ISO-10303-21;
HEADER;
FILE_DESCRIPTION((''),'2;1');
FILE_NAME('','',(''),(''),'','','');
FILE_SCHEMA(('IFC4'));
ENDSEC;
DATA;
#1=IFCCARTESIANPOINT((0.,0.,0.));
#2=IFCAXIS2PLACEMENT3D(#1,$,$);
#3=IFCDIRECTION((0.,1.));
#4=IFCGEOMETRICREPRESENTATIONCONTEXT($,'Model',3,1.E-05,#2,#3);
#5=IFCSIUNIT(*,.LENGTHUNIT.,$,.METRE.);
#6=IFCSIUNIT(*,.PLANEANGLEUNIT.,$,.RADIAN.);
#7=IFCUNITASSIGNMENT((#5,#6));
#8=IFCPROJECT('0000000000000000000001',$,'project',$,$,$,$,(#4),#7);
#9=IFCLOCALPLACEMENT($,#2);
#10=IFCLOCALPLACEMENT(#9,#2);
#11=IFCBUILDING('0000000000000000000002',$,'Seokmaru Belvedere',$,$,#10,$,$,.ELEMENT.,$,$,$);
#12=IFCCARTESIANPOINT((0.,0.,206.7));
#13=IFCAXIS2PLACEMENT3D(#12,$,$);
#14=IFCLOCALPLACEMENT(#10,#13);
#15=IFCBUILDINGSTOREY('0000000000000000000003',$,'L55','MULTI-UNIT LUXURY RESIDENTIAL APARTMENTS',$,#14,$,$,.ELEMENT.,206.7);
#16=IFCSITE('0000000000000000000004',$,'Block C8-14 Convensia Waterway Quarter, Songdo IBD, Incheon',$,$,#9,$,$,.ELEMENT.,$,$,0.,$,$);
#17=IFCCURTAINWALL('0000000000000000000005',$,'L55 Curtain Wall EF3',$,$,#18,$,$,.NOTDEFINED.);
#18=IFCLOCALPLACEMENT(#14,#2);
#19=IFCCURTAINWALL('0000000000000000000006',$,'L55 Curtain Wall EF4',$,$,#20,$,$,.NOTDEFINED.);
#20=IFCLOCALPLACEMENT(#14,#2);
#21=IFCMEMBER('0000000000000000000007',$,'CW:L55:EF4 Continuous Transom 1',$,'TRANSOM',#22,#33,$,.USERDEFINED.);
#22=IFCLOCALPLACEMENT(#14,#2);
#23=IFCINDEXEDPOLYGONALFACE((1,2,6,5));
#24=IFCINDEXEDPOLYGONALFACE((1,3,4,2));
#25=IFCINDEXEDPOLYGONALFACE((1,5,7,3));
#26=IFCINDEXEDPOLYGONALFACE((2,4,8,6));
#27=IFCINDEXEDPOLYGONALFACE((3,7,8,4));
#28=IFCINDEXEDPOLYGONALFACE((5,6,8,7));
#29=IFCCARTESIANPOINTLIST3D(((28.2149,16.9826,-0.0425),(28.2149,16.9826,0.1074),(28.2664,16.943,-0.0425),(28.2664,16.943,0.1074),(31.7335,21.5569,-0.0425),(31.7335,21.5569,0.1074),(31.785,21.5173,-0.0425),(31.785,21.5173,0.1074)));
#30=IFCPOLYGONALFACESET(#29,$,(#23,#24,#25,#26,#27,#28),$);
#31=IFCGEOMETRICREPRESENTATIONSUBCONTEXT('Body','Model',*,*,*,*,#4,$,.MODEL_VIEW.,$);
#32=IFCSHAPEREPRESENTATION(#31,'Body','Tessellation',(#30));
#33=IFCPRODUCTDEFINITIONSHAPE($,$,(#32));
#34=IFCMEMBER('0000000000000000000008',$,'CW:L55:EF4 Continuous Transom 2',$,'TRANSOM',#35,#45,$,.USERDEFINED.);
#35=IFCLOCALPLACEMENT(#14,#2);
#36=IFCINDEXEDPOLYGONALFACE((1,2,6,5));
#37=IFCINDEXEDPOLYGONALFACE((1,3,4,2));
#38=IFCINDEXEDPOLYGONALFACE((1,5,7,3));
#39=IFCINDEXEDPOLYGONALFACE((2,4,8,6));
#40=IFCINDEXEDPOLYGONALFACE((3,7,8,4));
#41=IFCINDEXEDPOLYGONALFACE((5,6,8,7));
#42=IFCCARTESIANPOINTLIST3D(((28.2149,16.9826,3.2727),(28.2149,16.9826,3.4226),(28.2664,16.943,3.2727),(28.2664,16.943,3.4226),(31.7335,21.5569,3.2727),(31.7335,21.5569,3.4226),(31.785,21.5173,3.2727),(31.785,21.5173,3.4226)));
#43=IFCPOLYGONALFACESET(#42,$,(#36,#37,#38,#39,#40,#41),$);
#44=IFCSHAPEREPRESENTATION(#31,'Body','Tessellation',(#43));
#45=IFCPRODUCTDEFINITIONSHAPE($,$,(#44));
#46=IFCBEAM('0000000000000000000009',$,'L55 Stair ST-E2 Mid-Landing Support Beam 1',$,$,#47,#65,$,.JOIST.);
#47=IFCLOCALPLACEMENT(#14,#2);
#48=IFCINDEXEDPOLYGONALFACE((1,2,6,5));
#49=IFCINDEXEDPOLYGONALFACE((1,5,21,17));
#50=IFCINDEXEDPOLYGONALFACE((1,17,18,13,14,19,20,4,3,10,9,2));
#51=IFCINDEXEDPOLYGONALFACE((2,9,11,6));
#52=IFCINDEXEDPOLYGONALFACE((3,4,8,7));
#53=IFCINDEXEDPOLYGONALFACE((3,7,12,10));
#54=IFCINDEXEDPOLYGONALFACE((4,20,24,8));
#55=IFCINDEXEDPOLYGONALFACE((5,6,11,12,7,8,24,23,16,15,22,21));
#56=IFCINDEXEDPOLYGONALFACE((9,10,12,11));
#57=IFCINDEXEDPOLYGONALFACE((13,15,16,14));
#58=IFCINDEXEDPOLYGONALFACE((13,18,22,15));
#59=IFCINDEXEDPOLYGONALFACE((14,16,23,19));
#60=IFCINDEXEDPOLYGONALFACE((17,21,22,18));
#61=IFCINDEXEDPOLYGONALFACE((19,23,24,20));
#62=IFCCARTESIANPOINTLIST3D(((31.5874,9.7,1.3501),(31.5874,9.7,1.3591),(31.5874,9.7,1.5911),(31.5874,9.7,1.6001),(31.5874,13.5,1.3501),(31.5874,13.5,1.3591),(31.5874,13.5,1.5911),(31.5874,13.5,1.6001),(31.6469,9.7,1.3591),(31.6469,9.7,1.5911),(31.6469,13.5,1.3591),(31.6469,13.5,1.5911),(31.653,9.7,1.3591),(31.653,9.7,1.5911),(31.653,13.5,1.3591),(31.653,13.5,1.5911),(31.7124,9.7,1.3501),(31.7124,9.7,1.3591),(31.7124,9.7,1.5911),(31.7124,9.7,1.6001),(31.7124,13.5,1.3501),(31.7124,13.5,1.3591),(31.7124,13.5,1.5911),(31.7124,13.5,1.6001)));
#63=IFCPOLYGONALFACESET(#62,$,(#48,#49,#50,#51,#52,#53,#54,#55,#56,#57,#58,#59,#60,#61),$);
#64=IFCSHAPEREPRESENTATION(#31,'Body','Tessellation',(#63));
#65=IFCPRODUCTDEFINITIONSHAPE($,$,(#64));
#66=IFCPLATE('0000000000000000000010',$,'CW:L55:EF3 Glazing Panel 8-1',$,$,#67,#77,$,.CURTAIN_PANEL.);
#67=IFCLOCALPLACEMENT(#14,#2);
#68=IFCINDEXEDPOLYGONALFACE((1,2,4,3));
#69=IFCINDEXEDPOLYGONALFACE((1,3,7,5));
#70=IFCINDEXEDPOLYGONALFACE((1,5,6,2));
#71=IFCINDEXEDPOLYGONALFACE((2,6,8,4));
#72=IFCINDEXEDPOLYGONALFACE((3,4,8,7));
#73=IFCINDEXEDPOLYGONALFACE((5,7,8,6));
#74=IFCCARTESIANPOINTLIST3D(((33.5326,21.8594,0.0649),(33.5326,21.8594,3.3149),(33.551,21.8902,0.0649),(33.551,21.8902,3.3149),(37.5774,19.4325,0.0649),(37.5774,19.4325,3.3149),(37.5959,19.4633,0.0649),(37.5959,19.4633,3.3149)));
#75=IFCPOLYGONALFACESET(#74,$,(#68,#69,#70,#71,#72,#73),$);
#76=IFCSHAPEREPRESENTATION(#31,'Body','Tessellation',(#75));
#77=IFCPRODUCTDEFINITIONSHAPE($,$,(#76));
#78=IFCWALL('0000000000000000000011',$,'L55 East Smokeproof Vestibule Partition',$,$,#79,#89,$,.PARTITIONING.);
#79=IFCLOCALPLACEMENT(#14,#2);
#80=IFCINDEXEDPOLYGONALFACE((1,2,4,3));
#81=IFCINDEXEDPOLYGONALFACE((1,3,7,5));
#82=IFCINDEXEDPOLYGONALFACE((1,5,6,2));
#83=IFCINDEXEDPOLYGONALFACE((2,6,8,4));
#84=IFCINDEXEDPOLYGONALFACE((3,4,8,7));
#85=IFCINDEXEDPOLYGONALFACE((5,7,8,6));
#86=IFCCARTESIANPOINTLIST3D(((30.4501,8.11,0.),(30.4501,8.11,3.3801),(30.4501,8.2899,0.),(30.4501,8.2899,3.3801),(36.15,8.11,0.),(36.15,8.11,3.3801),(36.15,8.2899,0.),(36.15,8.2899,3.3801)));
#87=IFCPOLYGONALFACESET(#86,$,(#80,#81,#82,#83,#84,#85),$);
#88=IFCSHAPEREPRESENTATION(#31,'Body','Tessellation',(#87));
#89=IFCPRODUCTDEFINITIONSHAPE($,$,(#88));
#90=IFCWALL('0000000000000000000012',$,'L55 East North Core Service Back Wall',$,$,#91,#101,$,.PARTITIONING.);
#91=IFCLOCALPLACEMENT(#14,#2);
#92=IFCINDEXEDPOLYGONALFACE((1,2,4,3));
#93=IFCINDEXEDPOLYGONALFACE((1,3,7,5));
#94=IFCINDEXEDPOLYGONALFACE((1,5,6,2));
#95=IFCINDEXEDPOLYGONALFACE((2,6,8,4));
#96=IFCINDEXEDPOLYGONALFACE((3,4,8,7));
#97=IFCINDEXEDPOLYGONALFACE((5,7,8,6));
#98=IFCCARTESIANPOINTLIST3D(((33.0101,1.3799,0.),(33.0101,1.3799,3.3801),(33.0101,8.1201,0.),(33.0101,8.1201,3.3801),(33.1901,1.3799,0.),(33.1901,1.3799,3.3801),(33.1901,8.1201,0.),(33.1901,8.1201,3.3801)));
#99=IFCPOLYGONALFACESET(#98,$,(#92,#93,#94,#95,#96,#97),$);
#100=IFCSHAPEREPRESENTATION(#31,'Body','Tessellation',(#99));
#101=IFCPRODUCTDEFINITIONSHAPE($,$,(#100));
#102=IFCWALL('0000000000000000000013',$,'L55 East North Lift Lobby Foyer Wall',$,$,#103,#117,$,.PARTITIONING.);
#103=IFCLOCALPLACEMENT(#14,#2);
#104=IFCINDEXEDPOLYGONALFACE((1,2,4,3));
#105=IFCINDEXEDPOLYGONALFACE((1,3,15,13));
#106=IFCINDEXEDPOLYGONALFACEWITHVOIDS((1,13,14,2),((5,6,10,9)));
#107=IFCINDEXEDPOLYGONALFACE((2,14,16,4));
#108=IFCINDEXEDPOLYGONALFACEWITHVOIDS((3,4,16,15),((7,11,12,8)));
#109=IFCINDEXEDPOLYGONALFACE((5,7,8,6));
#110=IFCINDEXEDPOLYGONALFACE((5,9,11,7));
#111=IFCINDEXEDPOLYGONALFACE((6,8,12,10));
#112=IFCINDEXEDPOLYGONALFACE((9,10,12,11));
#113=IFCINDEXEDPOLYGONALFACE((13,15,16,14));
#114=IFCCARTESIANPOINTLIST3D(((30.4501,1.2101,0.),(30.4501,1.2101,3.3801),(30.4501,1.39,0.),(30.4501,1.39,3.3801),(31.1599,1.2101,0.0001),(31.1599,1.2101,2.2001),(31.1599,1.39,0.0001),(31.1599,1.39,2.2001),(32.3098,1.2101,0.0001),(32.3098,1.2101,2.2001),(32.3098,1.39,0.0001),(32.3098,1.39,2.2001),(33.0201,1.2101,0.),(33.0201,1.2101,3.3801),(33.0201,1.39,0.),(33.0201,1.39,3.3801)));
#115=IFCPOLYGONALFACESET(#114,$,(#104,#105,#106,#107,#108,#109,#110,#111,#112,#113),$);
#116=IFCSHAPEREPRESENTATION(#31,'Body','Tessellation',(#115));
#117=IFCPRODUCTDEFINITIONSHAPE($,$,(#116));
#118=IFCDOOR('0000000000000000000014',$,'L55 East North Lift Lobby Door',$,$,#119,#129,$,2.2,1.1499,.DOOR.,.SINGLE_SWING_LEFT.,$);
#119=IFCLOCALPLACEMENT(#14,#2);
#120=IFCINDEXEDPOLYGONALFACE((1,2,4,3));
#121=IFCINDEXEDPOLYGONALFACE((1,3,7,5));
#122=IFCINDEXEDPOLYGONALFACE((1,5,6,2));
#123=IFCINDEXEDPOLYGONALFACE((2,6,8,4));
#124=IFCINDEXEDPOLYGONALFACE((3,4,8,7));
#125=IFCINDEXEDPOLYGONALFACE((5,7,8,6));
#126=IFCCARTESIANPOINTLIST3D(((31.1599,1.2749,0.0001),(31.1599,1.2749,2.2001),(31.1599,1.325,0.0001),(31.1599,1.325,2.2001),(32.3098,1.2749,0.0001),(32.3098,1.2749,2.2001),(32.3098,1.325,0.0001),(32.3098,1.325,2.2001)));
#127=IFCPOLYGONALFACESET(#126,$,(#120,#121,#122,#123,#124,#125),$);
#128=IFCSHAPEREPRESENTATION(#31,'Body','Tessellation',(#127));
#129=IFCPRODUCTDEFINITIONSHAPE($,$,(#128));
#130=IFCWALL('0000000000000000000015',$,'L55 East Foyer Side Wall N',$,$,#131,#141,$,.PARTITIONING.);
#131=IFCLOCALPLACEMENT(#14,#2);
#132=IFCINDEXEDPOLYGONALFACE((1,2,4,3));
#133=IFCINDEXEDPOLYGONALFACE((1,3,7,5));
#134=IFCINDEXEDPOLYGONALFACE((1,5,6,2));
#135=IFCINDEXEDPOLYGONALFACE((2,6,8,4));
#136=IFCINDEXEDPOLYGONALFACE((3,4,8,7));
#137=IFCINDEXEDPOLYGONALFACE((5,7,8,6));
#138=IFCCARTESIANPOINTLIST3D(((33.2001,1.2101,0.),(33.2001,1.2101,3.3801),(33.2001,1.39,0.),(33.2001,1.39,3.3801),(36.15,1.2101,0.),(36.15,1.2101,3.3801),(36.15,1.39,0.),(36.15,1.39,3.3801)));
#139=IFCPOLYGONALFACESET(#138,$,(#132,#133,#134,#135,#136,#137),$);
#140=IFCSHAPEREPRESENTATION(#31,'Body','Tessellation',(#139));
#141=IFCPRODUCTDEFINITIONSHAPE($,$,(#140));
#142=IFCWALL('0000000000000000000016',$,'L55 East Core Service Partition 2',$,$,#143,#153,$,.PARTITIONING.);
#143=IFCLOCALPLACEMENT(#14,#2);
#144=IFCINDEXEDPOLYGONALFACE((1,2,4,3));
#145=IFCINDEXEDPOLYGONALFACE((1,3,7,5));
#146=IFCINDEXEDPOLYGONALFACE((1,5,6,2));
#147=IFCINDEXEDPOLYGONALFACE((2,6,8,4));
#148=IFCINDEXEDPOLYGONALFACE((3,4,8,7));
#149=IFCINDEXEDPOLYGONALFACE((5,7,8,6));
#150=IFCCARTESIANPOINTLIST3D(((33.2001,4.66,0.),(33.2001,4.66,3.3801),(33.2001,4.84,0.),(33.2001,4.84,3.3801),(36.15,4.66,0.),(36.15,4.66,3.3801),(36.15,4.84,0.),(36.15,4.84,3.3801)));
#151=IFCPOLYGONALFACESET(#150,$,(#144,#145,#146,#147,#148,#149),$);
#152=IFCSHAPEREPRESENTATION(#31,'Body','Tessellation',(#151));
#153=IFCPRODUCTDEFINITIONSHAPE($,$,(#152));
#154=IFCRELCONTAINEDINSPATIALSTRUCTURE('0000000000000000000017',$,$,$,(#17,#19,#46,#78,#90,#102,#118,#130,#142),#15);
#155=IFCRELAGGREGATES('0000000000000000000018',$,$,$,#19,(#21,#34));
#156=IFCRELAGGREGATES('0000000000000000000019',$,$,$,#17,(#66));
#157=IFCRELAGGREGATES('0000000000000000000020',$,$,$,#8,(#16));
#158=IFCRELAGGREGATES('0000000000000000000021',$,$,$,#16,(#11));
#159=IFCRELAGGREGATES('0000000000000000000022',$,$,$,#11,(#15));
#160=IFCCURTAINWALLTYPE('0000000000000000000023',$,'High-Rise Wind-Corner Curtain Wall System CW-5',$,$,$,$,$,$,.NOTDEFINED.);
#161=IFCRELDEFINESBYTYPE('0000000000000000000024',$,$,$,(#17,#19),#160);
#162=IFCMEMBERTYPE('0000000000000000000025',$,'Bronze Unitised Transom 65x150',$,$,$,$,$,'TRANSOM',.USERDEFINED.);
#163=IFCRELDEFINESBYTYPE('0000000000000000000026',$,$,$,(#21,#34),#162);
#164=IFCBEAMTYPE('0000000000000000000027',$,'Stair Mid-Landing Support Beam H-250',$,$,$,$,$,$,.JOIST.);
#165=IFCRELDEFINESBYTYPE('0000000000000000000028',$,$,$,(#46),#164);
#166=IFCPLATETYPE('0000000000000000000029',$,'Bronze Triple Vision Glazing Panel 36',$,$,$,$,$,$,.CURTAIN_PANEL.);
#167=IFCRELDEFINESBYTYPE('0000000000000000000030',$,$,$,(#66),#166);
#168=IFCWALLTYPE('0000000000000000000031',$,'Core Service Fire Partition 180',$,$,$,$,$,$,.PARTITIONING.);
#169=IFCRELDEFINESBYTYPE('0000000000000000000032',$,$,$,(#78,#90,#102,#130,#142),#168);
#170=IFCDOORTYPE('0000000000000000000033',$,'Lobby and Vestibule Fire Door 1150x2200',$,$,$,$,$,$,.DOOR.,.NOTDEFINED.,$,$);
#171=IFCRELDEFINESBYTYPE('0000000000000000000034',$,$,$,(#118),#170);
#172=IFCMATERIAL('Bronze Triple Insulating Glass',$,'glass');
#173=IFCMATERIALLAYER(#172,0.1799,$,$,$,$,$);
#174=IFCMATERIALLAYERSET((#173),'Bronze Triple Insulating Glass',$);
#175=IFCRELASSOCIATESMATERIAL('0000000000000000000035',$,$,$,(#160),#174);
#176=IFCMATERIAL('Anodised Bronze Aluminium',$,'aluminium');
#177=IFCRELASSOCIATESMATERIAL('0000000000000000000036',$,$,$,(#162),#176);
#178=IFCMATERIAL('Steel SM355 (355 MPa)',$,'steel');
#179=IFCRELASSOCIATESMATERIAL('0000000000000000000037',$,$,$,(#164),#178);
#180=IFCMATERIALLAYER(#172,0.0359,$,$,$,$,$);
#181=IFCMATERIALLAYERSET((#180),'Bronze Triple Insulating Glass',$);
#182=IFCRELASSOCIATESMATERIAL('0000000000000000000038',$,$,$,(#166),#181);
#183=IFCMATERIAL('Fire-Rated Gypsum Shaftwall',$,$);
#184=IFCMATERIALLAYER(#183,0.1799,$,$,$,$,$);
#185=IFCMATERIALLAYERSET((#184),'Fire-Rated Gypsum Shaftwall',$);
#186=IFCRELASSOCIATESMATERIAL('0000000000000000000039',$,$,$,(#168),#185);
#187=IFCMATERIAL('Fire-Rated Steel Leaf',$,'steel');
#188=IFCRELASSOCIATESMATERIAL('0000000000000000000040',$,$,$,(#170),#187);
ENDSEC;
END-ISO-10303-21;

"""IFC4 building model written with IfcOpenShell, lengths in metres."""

from ifc_helpers import new_model, si_unit, direction, frame, frame_2d, origin, origin_2d, place, context, subcontext, project, spatial, rectangle, i_section, extrude, source, transform, mapped, material, layer, layer_set, material_profile, profile_set, type_object, type_shapes, element, fill, aggregate, save


model = new_model("IFC4")

# Units and contexts
model_context = context("Model", 3, precision=1e-05, world=origin(), true_north=direction((0.0, 1.0)))
body_context = subcontext(model_context, "Body", "Model", "MODEL_VIEW")
ifc_project = project(units=[si_unit("LENGTHUNIT", "METRE"), si_unit("PLANEANGLEUNIT", "RADIAN")], contexts=[model_context])

# Site, building, storey
site_placement = place(None, origin())
site = spatial("IfcSite", under=ifc_project, at=site_placement, Name="Block C8-14 Convensia Waterway Quarter, Songdo IBD, Incheon", CompositionType="ELEMENT", RefElevation=0.0)
building_placement = place(site_placement, origin())
building = spatial("IfcBuilding", under=site, at=building_placement, Name="Seokmaru Belvedere", CompositionType="ELEMENT")
storey_placement = place(building_placement, frame((0.0, 0.0, 206.7)))
storey = spatial("IfcBuildingStorey", under=building, at=storey_placement, Name="L55", Description="MULTI-UNIT LUXURY RESIDENTIAL APARTMENTS", CompositionType="ELEMENT", Elevation=206.7)

# Shared definitions
ifc_material_1 = material(Name="Steel SM355 (355 MPa)", Category="steel")

# Curtain wall
ifc_material_2 = material(Name="Bronze Triple Insulating Glass", Category="glass")
ifc_layer_1 = layer(ifc_material_2, 0.1799)
ifc_layer_set_1 = layer_set([ifc_layer_1], Name="Bronze Triple Insulating Glass")
curtain_wall_type = type_object("IfcCurtainWallType", Name="High-Rise Wind-Corner Curtain Wall System CW-5", PredefinedType="NOTDEFINED", material=ifc_layer_set_1)
curtain_wall_1_placement = place(storey_placement, origin())
curtain_wall_1 = element("IfcCurtainWall", 1, at=curtain_wall_1_placement, inside=storey, type_object=curtain_wall_type, Name="L55 Curtain Wall EF3", PredefinedType="NOTDEFINED")
ifc_material_3 = material(Name="Anodised Bronze Aluminium", Category="aluminium")

# Curtain wall, members
curtain_wall_2_placement = place(storey_placement, origin())
curtain_wall_2 = element("IfcCurtainWall", 2, at=curtain_wall_2_placement, inside=storey, type_object=curtain_wall_type, Name="L55 Curtain Wall EF4", PredefinedType="NOTDEFINED")
ifc_material_profile_1 = material_profile(ifc_material_3, rectangle(XDim=0.0649, YDim=0.1499, at=origin_2d()), Name="CW-T-65x150")
ifc_profile_set_1 = profile_set([ifc_material_profile_1], Name="Anodised Bronze Aluminium")
member_type_1 = type_object("IfcMemberType", Name="Bronze Unitised Transom 65x150", ElementType="TRANSOM", PredefinedType="USERDEFINED", material=ifc_profile_set_1)
shared_shape_1 = source(origin(), body_context, "Body", "SweptSolid", [
    extrude(rectangle(XDim=0.0649, YDim=0.1499, at=origin_2d()), origin(), (0.0, 0.0, 1.0), 5.771),
])
type_shapes(member_type_1, [shared_shape_1])
member_1_placement = place(storey_placement, frame((31.7593, 21.5371, 0.0325), z_axis=(-0.609703, -0.79263, 0.0), x_axis=(0.79263, -0.609703, 0.0)))
member_1 = element("IfcMember", 3, at=member_1_placement, type_object=member_type_1, Name="CW:L55:EF4 Continuous Transom 1", ObjectType="TRANSOM", PredefinedType="USERDEFINED", context=body_context, shape_type="MappedRepresentation", body=[
    mapped(shared_shape_1, transform((0.0, 0.0, 0.0), scale=1.0)),
])
member_2_placement = place(storey_placement, frame((31.7593, 21.5371, 3.3477), z_axis=(-0.609703, -0.79263, 0.0), x_axis=(0.79263, -0.609703, 0.0)))
member_2 = element("IfcMember", 4, at=member_2_placement, type_object=member_type_1, Name="CW:L55:EF4 Continuous Transom 2", ObjectType="TRANSOM", PredefinedType="USERDEFINED", context=body_context, shape_type="MappedRepresentation", body=[
    mapped(shared_shape_1, transform((0.0, 0.0, 0.0), scale=1.0)),
])
aggregate(curtain_wall_2, [member_1, member_2])

# Beam
ifc_material_profile_2 = material_profile(ifc_material_1, i_section(OverallWidth=0.125, OverallDepth=0.25, WebThickness=0.0061, FlangeThickness=0.009, at=origin_2d()), Name="H-250x125x6x9")
ifc_profile_set_2 = profile_set([ifc_material_profile_2], Name="Steel SM355 (355 MPa)")
beam_type_1 = type_object("IfcBeamType", Name="Stair Mid-Landing Support Beam H-250", PredefinedType="JOIST", material=ifc_profile_set_2)
shared_shape_2 = source(origin(), body_context, "Body", "SweptSolid", [
    extrude(i_section(OverallWidth=0.125, OverallDepth=0.25, WebThickness=0.0061, FlangeThickness=0.009, at=origin_2d()), origin(), (0.0, 0.0, 1.0), 3.8),
])
type_shapes(beam_type_1, [shared_shape_2])
beam_1_placement = place(storey_placement, frame((31.6499, 9.7, 1.4751), z_axis=(0.0, 1.0, 0.0), x_axis=(-1.0, 0.0, 0.0)))
element("IfcBeam", 5, at=beam_1_placement, inside=storey, type_object=beam_type_1, Name="L55 Stair ST-E2 Mid-Landing Support Beam 1", PredefinedType="JOIST", context=body_context, shape_type="MappedRepresentation", body=[
    mapped(shared_shape_2, transform((0.0, 0.0, 0.0), scale=1.0)),
])

# Plate
ifc_layer_2 = layer(ifc_material_2, 0.0359)
ifc_layer_set_2 = layer_set([ifc_layer_2], Name="Bronze Triple Insulating Glass")
plate_type = type_object("IfcPlateType", Name="Bronze Triple Vision Glazing Panel 36", PredefinedType="CURTAIN_PANEL", material=ifc_layer_set_2)
shared_shape_3 = source(origin(), body_context, "Body", "SweptSolid", [
    extrude(rectangle(XDim=4.717, YDim=0.0359, at=origin_2d()), origin(), (0.0, 0.0, 1.0), 3.25),
])
type_shapes(plate_type, [shared_shape_3])
plate_placement = place(storey_placement, frame((35.5642, 20.6614, 0.0649), z_axis=(0.0, 0.0, 1.0), x_axis=(-0.857493, 0.514495, 0.0)))
plate = element("IfcPlate", 6, at=plate_placement, type_object=plate_type, Name="CW:L55:EF3 Glazing Panel 8-1", PredefinedType="CURTAIN_PANEL", context=body_context, shape_type="MappedRepresentation", body=[
    mapped(shared_shape_3, transform((0.0, 0.0, 0.0), scale=1.0)),
])
aggregate(curtain_wall_1, [plate])

# Walls
ifc_material_4 = material(Name="Fire-Rated Gypsum Shaftwall")
ifc_layer_3 = layer(ifc_material_4, 0.1799)
ifc_layer_set_3 = layer_set([ifc_layer_3], Name="Fire-Rated Gypsum Shaftwall")
wall_type_1 = type_object("IfcWallType", Name="Core Service Fire Partition 180", PredefinedType="PARTITIONING", material=ifc_layer_set_3)
wall_1_placement = place(storey_placement, frame((30.45, 8.2, 0.0), z_axis=(0.0, 0.0, 1.0), x_axis=(1.0, 0.0, 0.0)))
element("IfcWall", 7, at=wall_1_placement, inside=storey, type_object=wall_type_1, Name="L55 East Smokeproof Vestibule Partition", PredefinedType="PARTITIONING", context=body_context, shape_type="SweptSolid", body=[
    extrude(rectangle(XDim=5.7, YDim=0.1799, at=frame_2d((2.8501, 0.0))), origin(), (0.0, 0.0, 1.0), 3.3801),
])
wall_2_placement = place(storey_placement, frame((33.1001, 1.3799, 0.0), z_axis=(0.0, 0.0, 1.0), x_axis=(0.0, 1.0, 0.0)))
element("IfcWall", 8, at=wall_2_placement, inside=storey, type_object=wall_type_1, Name="L55 East North Core Service Back Wall", PredefinedType="PARTITIONING", context=body_context, shape_type="SweptSolid", body=[
    extrude(rectangle(XDim=6.7402, YDim=0.1799, at=frame_2d((3.3701, 0.0))), origin(), (0.0, 0.0, 1.0), 3.3801),
])

# Wall, opening, door
wall_3_placement = place(storey_placement, frame((30.45, 1.3, 0.0), z_axis=(0.0, 0.0, 1.0), x_axis=(1.0, 0.0, 0.0)))
wall_3 = element("IfcWall", 9, at=wall_3_placement, inside=storey, type_object=wall_type_1, Name="L55 East North Lift Lobby Foyer Wall", PredefinedType="PARTITIONING", context=body_context, shape_type="SweptSolid", body=[
    extrude(rectangle(XDim=2.5701, YDim=0.1799, at=frame_2d((1.2852, 0.0))), origin(), (0.0, 0.0, 1.0), 3.3801),
])
opening_1_placement = place(wall_3_placement, frame((0.71, 0.0, 0.0)))
opening_1 = element("IfcOpeningElement", 10, at=opening_1_placement, cuts=wall_3, PredefinedType="OPENING", context=body_context, shape_type="SweptSolid", body=[
    extrude(rectangle(XDim=1.1499, YDim=2.2, at=frame_2d((0.575, 1.1001))), frame((0.0, 0.1001, 0.0), z_axis=(0.0, -1.0, 0.0), x_axis=(1.0, 0.0, 0.0)), (0.0, 0.0, 1.0), 0.2),
])
ifc_material_5 = material(Name="Fire-Rated Steel Leaf", Category="steel")
door_type_1 = type_object("IfcDoorType", Name="Lobby and Vestibule Fire Door 1150x2200", OperationType="NOTDEFINED", PredefinedType="DOOR", material=ifc_material_5)
shared_shape_4 = source(origin(), body_context, "Body", "SweptSolid", [
    extrude(rectangle(XDim=1.1499, YDim=2.2, at=frame_2d((0.575, 1.1001))), frame((0.0, 0.0249, 0.0), z_axis=(0.0, -1.0, 0.0), x_axis=(1.0, 0.0, 0.0)), (0.0, 0.0, 1.0), 0.05),
])
type_shapes(door_type_1, [shared_shape_4])
door_1_placement = place(opening_1_placement, origin())
door_1 = element("IfcDoor", 11, at=door_1_placement, inside=storey, type_object=door_type_1, Name="L55 East North Lift Lobby Door", OperationType="SINGLE_SWING_LEFT", OverallHeight=2.2, OverallWidth=1.1499, PredefinedType="DOOR", context=body_context, shape_type="MappedRepresentation", body=[
    mapped(shared_shape_4, transform((0.0, 0.0, 0.0), scale=1.0)),
])
fill(opening_1, door_1)

# Walls
for number, where, z_axis, x_axis, name in (
    (12, (33.2, 1.3, 0.0), (0.0, 0.0, 1.0), (1.0, 0.0, 0.0), "L55 East Foyer Side Wall N"),
    (13, (33.2, 4.75, 0.0), (0.0, 0.0, 1.0), (1.0, 0.0, 0.0), "L55 East Core Service Partition 2"),
):
    element("IfcWall", number, at=place(storey_placement, frame(where, z_axis=z_axis, x_axis=x_axis)), inside=storey, type_object=wall_type_1, Name=name, PredefinedType="PARTITIONING", context=body_context, shape_type="SweptSolid", body=[
        extrude(rectangle(XDim=2.95, YDim=0.1799, at=frame_2d((1.4751, 0.0))), origin(), (0.0, 0.0, 1.0), 3.3801),
    ])

save(model, "model.ifc")
